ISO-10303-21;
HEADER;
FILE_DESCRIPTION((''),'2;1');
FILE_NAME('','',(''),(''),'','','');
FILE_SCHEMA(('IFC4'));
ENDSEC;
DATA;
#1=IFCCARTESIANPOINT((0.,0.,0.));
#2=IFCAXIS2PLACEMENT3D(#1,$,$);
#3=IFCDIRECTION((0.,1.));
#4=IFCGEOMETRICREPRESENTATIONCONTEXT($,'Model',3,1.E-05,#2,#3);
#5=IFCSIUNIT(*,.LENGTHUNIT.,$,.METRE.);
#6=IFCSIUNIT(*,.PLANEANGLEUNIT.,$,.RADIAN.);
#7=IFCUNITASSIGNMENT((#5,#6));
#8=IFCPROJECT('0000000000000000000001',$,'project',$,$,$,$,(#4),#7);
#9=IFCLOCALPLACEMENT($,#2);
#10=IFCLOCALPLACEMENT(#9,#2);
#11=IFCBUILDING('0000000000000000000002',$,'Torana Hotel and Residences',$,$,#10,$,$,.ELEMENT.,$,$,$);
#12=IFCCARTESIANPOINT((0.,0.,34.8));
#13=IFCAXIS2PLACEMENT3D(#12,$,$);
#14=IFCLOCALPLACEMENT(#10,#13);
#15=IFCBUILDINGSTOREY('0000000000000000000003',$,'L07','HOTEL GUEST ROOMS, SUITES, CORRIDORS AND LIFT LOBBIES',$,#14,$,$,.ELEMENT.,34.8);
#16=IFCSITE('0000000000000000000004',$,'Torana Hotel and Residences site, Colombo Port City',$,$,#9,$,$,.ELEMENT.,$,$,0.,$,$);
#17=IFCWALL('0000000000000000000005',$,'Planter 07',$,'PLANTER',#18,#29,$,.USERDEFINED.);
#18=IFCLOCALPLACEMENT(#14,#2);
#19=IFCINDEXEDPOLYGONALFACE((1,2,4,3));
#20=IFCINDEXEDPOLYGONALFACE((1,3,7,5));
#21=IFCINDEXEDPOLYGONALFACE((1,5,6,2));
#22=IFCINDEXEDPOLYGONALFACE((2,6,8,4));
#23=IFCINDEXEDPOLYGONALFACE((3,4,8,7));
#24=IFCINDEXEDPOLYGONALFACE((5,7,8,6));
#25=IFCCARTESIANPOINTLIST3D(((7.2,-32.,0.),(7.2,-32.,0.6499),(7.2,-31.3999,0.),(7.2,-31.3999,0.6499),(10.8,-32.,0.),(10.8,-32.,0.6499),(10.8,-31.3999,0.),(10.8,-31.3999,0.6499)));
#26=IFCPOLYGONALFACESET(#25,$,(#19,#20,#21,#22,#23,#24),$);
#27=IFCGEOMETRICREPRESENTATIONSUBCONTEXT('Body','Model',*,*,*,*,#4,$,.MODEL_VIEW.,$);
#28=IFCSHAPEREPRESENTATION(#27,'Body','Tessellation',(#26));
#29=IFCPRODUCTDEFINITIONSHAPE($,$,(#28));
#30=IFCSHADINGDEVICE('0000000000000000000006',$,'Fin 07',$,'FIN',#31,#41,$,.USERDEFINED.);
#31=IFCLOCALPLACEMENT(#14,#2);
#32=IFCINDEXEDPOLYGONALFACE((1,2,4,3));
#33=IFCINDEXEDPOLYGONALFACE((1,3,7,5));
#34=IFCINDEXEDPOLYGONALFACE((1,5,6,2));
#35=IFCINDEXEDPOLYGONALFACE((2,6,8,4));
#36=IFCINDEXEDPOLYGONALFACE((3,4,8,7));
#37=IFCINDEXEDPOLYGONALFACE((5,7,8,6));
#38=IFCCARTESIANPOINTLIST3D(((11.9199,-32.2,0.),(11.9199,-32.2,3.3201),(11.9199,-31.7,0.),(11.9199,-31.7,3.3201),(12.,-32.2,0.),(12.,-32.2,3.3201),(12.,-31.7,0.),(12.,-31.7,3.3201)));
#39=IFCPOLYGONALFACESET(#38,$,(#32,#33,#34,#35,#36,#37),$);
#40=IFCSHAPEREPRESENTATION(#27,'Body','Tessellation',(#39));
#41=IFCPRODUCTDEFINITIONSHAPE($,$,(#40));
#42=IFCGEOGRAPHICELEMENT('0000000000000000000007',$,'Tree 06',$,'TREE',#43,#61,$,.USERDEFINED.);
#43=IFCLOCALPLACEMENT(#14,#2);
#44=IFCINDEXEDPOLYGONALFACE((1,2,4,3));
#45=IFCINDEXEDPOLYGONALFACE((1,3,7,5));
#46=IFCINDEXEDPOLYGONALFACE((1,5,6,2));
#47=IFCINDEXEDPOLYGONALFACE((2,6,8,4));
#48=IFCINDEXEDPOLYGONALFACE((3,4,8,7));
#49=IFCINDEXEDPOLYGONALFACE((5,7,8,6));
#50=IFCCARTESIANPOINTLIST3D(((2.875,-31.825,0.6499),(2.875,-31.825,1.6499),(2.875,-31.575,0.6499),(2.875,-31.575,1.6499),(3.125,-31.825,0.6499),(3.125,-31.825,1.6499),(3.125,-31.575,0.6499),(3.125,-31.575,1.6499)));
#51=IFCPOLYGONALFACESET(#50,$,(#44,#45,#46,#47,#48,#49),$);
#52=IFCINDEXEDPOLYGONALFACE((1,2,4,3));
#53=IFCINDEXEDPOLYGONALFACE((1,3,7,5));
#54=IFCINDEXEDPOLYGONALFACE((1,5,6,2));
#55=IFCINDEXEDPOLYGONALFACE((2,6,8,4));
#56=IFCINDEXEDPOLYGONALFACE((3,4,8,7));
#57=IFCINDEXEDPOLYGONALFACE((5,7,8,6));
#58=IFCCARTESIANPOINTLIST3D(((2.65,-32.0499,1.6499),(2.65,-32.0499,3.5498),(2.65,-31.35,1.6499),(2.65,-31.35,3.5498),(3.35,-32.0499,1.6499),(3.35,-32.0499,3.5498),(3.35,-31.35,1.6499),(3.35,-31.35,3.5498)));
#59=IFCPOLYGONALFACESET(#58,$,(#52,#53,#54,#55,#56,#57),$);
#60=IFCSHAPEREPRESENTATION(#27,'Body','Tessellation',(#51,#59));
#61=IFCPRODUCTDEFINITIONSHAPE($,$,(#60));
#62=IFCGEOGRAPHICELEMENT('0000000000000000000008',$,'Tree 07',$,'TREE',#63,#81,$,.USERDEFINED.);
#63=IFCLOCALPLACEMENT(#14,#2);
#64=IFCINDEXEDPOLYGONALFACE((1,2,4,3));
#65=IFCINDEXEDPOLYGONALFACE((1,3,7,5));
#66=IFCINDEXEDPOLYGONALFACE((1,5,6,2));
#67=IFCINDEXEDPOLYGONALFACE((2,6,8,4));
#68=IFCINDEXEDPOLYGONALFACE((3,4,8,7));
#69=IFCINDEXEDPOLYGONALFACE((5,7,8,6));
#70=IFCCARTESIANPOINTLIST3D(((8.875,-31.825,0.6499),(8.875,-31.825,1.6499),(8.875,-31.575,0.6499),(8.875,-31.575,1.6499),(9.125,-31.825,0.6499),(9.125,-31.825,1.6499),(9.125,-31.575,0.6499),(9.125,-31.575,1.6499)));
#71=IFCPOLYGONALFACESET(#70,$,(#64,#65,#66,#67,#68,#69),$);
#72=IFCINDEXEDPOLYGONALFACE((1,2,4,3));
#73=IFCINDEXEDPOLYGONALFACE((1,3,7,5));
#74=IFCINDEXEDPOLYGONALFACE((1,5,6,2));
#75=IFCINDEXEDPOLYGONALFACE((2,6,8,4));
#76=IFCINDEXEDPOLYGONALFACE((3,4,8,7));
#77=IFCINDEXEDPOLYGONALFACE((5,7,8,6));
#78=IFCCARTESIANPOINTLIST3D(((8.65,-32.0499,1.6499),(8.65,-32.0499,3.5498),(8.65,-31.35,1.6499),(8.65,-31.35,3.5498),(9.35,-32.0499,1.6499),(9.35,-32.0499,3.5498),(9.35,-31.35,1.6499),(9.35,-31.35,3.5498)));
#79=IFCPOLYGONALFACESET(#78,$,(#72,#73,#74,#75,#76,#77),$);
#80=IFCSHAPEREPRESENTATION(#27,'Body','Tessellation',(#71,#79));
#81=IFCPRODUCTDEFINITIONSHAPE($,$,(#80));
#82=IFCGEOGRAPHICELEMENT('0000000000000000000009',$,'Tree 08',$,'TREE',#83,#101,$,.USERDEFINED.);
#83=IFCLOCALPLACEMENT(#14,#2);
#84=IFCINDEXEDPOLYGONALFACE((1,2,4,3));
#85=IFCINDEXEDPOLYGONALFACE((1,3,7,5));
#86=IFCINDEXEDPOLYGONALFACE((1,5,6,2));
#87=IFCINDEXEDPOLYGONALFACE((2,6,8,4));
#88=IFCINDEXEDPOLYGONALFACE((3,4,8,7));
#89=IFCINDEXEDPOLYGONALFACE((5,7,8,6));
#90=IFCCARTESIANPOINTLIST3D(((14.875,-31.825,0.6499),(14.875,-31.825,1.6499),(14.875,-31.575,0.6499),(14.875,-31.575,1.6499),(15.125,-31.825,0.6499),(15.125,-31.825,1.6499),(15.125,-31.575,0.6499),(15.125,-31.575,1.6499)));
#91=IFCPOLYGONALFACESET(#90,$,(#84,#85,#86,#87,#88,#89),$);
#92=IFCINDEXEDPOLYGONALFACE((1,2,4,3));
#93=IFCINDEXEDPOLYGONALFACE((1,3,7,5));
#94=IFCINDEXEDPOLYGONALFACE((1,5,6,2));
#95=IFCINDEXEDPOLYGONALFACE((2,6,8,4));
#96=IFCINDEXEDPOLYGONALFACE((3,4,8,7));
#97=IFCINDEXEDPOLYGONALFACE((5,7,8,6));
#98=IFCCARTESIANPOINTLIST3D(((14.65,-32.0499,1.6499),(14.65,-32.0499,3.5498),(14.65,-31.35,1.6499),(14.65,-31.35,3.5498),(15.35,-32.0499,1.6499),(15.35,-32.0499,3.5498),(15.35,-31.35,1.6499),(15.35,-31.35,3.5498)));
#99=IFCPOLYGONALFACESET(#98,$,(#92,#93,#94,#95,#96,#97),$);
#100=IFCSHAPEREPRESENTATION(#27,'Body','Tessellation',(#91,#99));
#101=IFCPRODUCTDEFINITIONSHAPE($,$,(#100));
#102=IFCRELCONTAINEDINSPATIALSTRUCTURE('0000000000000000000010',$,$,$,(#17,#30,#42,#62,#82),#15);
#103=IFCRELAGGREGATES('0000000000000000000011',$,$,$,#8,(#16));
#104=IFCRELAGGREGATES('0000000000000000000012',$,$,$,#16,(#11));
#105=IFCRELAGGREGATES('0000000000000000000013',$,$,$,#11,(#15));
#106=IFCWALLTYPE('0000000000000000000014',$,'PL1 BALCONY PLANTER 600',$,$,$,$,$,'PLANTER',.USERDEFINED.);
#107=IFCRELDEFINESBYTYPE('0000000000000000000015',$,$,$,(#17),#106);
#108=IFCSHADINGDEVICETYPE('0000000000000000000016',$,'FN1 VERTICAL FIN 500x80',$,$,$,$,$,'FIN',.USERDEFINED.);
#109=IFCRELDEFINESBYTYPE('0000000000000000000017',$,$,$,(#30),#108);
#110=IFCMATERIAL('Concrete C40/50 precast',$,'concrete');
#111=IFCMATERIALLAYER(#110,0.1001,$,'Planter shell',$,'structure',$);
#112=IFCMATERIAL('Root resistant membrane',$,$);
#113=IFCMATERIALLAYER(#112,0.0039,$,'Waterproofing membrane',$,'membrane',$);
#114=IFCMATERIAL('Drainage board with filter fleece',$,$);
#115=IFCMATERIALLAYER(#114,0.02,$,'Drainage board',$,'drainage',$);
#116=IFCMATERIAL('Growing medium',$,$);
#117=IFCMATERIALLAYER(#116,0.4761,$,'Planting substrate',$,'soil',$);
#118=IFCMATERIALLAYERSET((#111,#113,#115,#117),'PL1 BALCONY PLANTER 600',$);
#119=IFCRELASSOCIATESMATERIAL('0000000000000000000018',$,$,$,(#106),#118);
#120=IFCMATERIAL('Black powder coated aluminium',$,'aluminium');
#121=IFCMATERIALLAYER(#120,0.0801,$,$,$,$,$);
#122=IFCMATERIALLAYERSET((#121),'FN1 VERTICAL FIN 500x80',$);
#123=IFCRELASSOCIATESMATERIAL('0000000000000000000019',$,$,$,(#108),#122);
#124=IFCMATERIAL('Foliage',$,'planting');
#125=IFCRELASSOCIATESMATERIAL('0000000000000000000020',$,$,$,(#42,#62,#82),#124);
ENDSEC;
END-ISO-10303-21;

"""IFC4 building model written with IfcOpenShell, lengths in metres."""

from ifc_helpers import new_model, si_unit, direction, frame, frame_2d, origin, origin_2d, place, context, subcontext, project, spatial, rectangle, extrude, material, layer, layer_set, type_object, element, save


model = new_model("IFC4")

# Units and contexts
model_context = context("Model", 3, precision=1e-05, world=origin(), true_north=direction((0.0, 1.0)))
body_context = subcontext(model_context, "Body", "Model", "MODEL_VIEW")
ifc_project = project(units=[si_unit("LENGTHUNIT", "METRE"), si_unit("PLANEANGLEUNIT", "RADIAN")], contexts=[model_context])

# Site, building, storey
site_placement = place(None, origin())
site = spatial("IfcSite", under=ifc_project, at=site_placement, Name="Torana Hotel and Residences site, Colombo Port City", CompositionType="ELEMENT", RefElevation=0.0)
building_placement = place(site_placement, origin())
building = spatial("IfcBuilding", under=site, at=building_placement, Name="Torana Hotel and Residences", CompositionType="ELEMENT")
storey_placement = place(building_placement, frame((0.0, 0.0, 34.8)))
storey = spatial("IfcBuildingStorey", under=building, at=storey_placement, Name="L07", Description="HOTEL GUEST ROOMS, SUITES, CORRIDORS AND LIFT LOBBIES", CompositionType="ELEMENT", Elevation=34.8)

# Wall
ifc_material_1 = material(Name="Concrete C40/50 precast", Category="concrete")
ifc_layer_1 = layer(ifc_material_1, 0.1001, Name="Planter shell", Category="structure")
ifc_material_2 = material(Name="Root resistant membrane")
ifc_layer_2 = layer(ifc_material_2, 0.0039, Name="Waterproofing membrane", Category="membrane")
ifc_material_3 = material(Name="Drainage board with filter fleece")
ifc_layer_3 = layer(ifc_material_3, 0.02, Name="Drainage board", Category="drainage")
ifc_material_4 = material(Name="Growing medium")
ifc_layer_4 = layer(ifc_material_4, 0.4761, Name="Planting substrate", Category="soil")
ifc_layer_set_1 = layer_set([ifc_layer_1, ifc_layer_2, ifc_layer_3, ifc_layer_4], Name="PL1 BALCONY PLANTER 600")
wall_type_1 = type_object("IfcWallType", Name="PL1 BALCONY PLANTER 600", ElementType="PLANTER", PredefinedType="USERDEFINED", material=ifc_layer_set_1)
for number, where, z_axis, x_axis, name in (
    (1, (10.8, -31.7, 0.0), (0.0, 0.0, 1.0), (-1.0, 0.0, 0.0), "Planter 07"),
):
    element("IfcWall", number, at=place(storey_placement, frame(where, z_axis=z_axis, x_axis=x_axis)), inside=storey, type_object=wall_type_1, Name=name, ObjectType="PLANTER", PredefinedType="USERDEFINED", context=body_context, shape_type="SweptSolid", body=[
        extrude(rectangle(XDim=3.6001, YDim=0.6001, at=frame_2d((1.8, 0.0))), origin(), (0.0, 0.0, 1.0), 0.6499),
    ])

# Shading device
ifc_material_5 = material(Name="Black powder coated aluminium", Category="aluminium")
ifc_layer_5 = layer(ifc_material_5, 0.0801)
ifc_layer_set_2 = layer_set([ifc_layer_5], Name="FN1 VERTICAL FIN 500x80")
shading_device_type = type_object("IfcShadingDeviceType", Name="FN1 VERTICAL FIN 500x80", ElementType="FIN", PredefinedType="USERDEFINED", material=ifc_layer_set_2)
shading_device_placement = place(storey_placement, frame((11.96, -31.95, 0.0), z_axis=(0.0, 0.0, 1.0), x_axis=(-1.0, 0.0, 0.0)))
element("IfcShadingDevice", 2, at=shading_device_placement, inside=storey, type_object=shading_device_type, Name="Fin 07", ObjectType="FIN", PredefinedType="USERDEFINED", context=body_context, shape_type="SweptSolid", body=[
    extrude(rectangle(XDim=0.0801, YDim=0.5, at=origin_2d()), origin(), (0.0, 0.0, 1.0), 3.3201),
])

# Geographic elements
ifc_material_6 = material(Name="Foliage", Category="planting")
for number, where, z_axis, x_axis, name in (
    (3, (3.0, -31.7, 0.6499), (0.0, 0.0, 1.0), (1.0, 0.0, 0.0), "Tree 06"),
    (4, (9.0, -31.7, 0.6499), (0.0, 0.0, 1.0), (1.0, 0.0, 0.0), "Tree 07"),
    (5, (15.0, -31.7, 0.6499), (0.0, 0.0, 1.0), (1.0, 0.0, 0.0), "Tree 08"),
):
    element("IfcGeographicElement", number, at=place(storey_placement, frame(where, z_axis=z_axis, x_axis=x_axis)), inside=storey, material=ifc_material_6, Name=name, ObjectType="TREE", PredefinedType="USERDEFINED", context=body_context, shape_type="SweptSolid", body=[
        extrude(rectangle(XDim=0.25, YDim=0.25, at=origin_2d()), origin(), (0.0, 0.0, 1.0), 1.0),
        extrude(rectangle(XDim=0.7, YDim=0.7, at=origin_2d()), frame((0.0, 0.0, 1.0)), (0.0, 0.0, 1.0), 1.8999),
    ])

save(model, "model.ifc")
